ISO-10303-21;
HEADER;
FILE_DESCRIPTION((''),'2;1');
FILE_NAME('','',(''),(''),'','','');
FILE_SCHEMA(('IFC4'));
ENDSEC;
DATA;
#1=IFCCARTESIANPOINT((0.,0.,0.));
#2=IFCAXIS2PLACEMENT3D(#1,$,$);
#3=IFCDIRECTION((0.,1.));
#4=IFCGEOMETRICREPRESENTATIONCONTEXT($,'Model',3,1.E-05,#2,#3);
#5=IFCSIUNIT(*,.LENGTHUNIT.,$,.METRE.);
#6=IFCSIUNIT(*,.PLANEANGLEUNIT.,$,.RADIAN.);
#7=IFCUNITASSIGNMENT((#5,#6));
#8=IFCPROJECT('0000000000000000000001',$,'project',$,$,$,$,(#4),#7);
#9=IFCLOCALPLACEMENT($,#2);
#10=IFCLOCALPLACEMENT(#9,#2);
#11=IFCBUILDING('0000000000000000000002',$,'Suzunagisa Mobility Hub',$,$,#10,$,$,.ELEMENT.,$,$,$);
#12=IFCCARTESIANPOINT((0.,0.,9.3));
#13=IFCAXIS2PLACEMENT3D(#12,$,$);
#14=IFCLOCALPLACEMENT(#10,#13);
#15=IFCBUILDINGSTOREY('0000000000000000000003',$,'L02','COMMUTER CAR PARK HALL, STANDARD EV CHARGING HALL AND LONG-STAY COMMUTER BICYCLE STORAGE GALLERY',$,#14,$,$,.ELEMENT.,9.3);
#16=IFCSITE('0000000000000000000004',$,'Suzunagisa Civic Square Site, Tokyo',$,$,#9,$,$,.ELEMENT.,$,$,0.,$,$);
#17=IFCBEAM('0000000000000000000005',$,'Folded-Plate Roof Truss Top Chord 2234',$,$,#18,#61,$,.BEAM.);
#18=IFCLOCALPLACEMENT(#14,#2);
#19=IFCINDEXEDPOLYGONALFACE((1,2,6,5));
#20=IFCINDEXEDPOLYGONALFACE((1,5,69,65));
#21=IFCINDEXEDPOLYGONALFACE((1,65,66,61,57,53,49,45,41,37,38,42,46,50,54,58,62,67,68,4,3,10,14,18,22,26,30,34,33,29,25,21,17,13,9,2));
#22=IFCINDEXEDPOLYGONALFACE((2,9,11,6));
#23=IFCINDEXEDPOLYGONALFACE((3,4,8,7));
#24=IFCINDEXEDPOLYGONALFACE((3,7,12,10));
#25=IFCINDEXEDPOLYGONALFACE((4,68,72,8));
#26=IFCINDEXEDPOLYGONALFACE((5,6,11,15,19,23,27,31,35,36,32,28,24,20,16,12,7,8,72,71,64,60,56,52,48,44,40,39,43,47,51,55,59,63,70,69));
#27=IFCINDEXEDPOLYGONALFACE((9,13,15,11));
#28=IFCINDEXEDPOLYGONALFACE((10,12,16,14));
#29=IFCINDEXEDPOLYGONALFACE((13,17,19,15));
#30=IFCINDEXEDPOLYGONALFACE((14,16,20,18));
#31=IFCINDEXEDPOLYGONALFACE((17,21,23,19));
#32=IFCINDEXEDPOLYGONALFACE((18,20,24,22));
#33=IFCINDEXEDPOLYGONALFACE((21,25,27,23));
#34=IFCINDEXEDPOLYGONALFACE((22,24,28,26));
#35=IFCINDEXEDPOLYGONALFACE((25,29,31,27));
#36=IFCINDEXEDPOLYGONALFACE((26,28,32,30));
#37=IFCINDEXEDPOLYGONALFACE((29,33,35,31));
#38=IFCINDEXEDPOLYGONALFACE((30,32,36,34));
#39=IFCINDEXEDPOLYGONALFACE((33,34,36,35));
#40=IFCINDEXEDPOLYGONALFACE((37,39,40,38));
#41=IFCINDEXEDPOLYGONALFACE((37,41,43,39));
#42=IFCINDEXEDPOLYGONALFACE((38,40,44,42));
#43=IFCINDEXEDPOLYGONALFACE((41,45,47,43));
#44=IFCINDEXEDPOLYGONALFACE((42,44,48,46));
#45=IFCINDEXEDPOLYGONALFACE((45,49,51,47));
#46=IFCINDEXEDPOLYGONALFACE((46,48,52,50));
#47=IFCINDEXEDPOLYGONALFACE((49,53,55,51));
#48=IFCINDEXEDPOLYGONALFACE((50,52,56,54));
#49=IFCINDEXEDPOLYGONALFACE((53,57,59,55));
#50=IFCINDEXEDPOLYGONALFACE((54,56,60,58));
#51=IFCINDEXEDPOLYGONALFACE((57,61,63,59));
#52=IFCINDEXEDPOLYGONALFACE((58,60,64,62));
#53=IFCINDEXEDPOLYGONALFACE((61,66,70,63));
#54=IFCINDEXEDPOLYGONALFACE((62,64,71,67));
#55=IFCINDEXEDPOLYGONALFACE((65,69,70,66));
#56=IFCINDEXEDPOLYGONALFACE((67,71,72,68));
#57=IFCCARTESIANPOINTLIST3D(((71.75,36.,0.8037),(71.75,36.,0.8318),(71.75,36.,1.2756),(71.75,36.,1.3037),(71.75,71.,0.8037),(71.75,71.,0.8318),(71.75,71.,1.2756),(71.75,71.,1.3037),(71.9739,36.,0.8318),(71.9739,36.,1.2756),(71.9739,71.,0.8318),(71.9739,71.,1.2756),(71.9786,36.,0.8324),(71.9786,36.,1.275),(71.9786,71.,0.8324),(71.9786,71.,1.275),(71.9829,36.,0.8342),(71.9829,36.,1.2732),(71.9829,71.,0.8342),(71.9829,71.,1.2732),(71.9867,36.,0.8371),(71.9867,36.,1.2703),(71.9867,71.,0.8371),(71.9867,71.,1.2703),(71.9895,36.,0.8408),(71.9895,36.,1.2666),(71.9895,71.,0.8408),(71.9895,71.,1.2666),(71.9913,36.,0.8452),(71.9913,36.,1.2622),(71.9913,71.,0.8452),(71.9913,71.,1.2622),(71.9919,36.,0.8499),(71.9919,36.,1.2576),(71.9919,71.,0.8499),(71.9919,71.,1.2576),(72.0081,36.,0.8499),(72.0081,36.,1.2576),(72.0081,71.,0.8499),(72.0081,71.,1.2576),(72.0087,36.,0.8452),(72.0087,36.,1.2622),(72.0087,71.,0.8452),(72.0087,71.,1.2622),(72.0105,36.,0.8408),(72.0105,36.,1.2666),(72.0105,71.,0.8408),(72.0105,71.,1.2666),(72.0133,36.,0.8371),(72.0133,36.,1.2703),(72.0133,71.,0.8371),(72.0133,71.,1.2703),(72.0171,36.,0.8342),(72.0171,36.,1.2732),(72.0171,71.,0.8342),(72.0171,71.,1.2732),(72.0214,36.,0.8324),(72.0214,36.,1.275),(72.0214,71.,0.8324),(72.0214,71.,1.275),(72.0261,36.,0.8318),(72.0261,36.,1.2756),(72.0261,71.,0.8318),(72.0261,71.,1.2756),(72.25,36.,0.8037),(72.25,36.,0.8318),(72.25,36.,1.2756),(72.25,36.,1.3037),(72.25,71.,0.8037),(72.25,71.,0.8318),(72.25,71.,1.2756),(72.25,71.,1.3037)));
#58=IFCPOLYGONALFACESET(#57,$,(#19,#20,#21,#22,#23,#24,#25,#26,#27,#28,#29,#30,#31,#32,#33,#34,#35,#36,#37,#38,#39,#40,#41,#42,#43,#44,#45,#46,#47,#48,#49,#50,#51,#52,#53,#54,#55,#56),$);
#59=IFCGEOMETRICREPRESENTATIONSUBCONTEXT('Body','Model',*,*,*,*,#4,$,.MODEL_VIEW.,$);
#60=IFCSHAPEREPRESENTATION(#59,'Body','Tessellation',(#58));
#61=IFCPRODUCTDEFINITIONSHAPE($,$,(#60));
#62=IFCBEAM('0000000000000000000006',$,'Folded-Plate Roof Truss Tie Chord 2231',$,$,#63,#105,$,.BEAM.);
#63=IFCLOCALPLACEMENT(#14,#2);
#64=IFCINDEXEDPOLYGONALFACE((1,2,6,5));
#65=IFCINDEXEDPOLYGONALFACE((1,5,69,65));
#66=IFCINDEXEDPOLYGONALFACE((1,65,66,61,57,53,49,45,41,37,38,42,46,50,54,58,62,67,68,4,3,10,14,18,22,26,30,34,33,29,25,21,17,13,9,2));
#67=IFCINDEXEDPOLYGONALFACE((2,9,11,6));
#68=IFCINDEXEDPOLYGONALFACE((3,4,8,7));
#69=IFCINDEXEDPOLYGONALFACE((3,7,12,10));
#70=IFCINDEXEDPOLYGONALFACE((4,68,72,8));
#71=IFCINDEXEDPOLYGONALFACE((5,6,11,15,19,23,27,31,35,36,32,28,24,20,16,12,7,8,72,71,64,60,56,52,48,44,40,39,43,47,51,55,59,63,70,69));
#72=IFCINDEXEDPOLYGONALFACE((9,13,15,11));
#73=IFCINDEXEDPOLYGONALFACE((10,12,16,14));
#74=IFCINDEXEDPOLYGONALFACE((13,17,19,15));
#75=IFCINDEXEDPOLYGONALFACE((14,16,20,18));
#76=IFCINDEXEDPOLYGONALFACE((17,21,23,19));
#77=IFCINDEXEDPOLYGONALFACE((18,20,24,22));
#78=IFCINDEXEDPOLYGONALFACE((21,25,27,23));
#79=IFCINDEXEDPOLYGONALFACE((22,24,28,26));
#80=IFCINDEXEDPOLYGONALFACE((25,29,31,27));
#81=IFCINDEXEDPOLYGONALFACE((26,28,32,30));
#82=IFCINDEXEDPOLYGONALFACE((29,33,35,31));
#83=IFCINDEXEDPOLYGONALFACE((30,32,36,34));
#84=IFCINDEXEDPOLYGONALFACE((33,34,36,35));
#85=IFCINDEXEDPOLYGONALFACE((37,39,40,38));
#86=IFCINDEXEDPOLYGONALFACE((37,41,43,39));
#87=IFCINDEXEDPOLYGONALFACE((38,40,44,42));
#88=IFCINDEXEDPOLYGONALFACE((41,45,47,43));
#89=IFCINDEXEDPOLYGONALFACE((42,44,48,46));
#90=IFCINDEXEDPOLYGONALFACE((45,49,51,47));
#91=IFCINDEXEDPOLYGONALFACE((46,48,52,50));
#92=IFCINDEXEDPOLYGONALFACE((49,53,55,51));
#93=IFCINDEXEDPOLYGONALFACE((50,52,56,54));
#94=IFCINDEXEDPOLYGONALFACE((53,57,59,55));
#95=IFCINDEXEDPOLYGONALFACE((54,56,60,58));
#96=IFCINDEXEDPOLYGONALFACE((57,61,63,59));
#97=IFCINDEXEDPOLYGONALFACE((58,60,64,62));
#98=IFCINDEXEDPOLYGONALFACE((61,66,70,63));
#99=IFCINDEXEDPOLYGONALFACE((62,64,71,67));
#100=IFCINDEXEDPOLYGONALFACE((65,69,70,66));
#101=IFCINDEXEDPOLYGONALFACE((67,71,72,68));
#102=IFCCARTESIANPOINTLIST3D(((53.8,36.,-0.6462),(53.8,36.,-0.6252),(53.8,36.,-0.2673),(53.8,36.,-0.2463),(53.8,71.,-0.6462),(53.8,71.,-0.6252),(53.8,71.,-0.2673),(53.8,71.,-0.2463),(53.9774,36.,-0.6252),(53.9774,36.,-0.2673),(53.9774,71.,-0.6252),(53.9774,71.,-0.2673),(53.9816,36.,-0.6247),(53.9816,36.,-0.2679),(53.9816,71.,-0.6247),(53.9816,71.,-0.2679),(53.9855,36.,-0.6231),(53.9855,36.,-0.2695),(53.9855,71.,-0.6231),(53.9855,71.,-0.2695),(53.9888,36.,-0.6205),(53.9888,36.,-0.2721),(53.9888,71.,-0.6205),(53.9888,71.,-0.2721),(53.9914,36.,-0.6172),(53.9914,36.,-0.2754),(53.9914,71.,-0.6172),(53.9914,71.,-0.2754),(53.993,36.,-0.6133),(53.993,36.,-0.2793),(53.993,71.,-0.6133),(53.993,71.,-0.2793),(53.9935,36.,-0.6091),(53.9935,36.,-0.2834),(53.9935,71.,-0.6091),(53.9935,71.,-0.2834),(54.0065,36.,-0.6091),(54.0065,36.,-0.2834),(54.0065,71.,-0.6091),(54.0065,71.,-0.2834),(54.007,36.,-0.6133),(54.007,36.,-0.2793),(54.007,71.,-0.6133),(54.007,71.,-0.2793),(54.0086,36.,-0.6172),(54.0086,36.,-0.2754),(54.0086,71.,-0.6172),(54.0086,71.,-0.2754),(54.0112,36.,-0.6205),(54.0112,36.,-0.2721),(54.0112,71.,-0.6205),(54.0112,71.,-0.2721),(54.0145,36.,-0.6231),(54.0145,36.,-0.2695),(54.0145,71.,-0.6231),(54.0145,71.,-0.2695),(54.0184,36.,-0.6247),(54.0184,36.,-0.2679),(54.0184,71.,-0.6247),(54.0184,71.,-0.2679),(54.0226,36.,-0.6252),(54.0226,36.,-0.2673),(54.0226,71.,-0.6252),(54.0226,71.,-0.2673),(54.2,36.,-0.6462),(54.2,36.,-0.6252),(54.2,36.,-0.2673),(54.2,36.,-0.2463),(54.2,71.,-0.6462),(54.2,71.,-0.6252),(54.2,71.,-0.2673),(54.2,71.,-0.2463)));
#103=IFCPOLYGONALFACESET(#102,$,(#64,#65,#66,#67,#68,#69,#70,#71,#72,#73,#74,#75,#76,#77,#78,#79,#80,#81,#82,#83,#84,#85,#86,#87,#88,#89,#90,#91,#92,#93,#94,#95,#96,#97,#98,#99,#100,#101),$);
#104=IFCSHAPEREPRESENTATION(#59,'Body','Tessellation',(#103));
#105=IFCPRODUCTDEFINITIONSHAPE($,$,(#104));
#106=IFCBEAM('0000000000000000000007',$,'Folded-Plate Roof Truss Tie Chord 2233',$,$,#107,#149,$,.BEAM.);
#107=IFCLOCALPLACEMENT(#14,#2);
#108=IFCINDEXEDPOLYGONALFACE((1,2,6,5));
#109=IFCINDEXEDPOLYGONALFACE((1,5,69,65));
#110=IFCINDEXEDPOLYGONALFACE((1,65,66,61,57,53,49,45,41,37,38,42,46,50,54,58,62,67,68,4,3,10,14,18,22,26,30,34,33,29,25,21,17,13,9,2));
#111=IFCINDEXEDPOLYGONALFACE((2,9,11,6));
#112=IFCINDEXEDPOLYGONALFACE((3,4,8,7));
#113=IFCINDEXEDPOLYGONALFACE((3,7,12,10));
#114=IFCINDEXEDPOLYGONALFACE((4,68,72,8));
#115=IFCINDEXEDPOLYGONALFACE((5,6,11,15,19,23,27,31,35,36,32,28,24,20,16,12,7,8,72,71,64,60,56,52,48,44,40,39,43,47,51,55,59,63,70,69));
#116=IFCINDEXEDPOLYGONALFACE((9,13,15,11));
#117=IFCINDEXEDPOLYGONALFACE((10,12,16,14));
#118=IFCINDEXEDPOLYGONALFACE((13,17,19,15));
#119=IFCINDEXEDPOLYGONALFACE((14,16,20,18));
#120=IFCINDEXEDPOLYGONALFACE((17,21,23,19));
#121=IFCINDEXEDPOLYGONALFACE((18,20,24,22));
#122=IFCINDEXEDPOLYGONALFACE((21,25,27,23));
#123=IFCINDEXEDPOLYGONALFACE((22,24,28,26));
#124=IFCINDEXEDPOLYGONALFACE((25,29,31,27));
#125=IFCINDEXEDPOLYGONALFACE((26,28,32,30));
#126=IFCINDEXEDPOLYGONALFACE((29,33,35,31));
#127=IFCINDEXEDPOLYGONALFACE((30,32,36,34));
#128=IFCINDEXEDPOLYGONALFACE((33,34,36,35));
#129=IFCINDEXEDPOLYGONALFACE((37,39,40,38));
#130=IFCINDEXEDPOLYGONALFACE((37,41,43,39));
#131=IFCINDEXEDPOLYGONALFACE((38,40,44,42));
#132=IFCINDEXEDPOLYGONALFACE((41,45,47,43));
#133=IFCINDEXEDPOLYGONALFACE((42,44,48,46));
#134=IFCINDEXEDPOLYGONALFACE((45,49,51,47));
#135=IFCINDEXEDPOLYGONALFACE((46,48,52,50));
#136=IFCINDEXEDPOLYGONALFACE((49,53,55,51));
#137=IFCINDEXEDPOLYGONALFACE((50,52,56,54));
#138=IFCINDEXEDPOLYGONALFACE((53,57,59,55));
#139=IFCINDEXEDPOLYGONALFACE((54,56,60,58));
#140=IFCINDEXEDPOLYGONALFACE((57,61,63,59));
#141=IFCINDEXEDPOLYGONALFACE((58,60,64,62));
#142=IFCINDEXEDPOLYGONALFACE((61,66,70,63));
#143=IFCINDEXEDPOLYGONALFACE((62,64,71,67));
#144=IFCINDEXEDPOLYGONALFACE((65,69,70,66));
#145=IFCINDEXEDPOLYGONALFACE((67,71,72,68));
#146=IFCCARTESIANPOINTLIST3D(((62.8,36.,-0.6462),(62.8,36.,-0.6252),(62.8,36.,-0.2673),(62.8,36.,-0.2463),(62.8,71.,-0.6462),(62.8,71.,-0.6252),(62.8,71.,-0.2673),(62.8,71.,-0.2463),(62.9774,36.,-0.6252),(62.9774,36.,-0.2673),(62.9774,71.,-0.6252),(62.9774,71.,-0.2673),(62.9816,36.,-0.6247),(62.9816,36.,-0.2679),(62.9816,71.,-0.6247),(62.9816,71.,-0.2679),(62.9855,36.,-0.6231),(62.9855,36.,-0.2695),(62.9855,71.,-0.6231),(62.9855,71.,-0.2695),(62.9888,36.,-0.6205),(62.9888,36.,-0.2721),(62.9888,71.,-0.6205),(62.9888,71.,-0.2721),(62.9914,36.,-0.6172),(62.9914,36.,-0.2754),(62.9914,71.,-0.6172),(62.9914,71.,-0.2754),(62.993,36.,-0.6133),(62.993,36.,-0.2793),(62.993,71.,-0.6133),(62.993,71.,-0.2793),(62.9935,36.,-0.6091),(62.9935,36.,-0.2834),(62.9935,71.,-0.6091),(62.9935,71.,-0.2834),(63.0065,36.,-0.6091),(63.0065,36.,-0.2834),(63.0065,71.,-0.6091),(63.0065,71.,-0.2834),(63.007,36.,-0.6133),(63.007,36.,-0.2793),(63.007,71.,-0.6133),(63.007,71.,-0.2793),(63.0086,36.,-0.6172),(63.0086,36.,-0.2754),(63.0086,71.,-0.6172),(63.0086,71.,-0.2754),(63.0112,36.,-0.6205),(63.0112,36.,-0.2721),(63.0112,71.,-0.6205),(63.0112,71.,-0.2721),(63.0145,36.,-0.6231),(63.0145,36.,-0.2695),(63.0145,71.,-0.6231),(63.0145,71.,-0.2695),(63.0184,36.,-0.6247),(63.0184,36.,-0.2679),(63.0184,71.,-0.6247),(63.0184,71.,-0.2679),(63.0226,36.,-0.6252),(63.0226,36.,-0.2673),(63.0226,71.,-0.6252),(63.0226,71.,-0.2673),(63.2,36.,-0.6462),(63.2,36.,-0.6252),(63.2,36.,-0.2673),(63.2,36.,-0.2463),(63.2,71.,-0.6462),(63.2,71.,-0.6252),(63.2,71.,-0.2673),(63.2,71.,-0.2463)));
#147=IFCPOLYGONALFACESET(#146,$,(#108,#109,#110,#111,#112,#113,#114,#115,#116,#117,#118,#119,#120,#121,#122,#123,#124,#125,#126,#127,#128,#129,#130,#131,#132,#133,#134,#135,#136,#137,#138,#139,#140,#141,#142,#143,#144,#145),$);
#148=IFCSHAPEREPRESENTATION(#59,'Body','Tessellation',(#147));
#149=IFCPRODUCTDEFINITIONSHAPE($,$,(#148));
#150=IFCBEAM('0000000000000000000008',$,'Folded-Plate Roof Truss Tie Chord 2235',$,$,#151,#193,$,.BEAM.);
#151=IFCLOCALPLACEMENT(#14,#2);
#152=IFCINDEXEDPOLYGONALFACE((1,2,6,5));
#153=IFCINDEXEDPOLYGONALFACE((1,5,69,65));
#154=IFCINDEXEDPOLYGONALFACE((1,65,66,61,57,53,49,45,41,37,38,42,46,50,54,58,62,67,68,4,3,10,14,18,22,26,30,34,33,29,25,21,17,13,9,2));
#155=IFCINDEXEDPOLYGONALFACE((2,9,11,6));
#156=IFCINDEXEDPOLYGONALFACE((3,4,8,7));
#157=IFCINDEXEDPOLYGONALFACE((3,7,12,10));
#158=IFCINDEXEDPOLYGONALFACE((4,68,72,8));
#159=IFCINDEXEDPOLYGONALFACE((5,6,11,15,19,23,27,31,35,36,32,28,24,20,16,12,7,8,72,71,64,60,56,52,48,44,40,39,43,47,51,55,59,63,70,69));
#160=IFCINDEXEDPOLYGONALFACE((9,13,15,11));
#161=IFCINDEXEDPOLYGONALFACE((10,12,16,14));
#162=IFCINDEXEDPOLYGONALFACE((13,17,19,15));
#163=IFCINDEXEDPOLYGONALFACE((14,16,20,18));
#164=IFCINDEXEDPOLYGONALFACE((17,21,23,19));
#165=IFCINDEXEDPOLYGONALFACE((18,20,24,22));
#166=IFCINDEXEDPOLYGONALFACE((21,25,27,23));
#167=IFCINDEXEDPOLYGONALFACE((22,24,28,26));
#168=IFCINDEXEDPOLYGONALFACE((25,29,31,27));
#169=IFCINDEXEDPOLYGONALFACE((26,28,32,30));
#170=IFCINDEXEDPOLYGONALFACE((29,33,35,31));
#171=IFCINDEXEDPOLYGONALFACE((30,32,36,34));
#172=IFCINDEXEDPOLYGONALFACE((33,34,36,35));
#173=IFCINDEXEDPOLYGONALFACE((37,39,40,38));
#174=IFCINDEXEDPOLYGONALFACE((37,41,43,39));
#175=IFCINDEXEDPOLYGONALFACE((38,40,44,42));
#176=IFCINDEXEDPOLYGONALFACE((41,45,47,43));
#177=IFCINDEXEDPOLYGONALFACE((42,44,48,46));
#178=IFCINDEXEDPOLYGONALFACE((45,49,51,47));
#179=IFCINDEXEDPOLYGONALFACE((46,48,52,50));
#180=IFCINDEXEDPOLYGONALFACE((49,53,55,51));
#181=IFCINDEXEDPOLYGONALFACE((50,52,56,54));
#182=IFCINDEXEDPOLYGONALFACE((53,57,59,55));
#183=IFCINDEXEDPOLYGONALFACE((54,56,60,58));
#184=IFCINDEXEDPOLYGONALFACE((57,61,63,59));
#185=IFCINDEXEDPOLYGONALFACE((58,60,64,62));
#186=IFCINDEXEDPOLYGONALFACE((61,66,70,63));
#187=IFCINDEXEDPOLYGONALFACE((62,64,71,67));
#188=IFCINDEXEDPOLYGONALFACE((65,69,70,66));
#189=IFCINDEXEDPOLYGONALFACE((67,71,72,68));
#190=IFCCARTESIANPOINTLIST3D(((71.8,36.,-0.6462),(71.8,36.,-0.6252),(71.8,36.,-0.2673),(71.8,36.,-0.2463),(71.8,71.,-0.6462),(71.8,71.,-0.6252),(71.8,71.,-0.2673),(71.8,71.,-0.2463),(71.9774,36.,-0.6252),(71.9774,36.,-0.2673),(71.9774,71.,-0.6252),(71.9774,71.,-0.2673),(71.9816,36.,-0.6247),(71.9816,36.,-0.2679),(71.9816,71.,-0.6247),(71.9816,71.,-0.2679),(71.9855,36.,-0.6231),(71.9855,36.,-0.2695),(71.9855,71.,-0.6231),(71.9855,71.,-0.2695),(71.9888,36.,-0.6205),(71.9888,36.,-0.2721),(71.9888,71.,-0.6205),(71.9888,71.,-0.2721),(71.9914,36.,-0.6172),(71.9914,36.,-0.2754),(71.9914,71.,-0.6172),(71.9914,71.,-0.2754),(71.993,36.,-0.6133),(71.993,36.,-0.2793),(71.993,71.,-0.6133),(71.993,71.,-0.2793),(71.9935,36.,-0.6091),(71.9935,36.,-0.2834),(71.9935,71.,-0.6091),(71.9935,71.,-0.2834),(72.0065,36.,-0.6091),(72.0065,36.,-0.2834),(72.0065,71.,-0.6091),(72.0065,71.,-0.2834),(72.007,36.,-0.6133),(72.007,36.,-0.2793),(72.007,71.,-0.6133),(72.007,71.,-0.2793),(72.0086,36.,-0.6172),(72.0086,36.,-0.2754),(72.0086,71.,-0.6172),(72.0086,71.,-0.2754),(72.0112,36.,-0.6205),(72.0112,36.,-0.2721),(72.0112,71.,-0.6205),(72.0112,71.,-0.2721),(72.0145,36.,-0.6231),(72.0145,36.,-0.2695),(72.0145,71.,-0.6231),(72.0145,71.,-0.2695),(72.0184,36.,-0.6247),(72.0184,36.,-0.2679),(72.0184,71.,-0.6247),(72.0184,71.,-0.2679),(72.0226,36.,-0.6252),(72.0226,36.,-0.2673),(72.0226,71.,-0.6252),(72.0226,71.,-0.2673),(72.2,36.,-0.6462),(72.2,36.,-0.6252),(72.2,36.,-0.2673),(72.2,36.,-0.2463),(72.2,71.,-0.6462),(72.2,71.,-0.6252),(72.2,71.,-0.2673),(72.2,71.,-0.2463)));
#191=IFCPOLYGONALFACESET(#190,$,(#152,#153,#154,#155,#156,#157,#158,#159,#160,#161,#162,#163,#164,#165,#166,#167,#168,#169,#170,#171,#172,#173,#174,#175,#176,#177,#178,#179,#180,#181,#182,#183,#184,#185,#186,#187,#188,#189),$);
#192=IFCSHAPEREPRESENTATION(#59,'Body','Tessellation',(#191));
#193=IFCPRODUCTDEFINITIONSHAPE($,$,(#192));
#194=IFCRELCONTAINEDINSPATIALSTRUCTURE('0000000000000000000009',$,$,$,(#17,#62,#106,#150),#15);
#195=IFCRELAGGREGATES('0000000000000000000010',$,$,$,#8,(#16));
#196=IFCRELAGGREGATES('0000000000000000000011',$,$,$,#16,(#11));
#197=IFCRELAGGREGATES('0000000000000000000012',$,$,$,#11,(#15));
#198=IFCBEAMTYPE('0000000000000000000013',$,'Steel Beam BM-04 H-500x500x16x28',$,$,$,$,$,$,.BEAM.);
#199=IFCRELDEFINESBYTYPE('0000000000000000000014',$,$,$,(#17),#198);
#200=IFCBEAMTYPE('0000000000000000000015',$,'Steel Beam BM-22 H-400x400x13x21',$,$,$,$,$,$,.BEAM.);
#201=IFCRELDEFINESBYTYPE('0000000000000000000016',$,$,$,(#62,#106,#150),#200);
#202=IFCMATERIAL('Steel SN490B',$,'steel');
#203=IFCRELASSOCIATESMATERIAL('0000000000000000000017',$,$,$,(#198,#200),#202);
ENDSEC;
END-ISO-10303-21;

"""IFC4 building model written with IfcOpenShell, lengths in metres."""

from ifc_helpers import new_model, si_unit, direction, frame, origin, origin_2d, place, context, subcontext, project, spatial, i_section, extrude, material, material_profile, profile_set, type_object, element, save


model = new_model("IFC4")

# Units and contexts
model_context = context("Model", 3, precision=1e-05, world=origin(), true_north=direction((0.0, 1.0)))
body_context = subcontext(model_context, "Body", "Model", "MODEL_VIEW")
ifc_project = project(units=[si_unit("LENGTHUNIT", "METRE"), si_unit("PLANEANGLEUNIT", "RADIAN")], contexts=[model_context])

# Site, building, storey
site_placement = place(None, origin())
site = spatial("IfcSite", under=ifc_project, at=site_placement, Name="Suzunagisa Civic Square Site, Tokyo", CompositionType="ELEMENT", RefElevation=0.0)
building_placement = place(site_placement, origin())
building = spatial("IfcBuilding", under=site, at=building_placement, Name="Suzunagisa Mobility Hub", CompositionType="ELEMENT")
storey_placement = place(building_placement, frame((0.0, 0.0, 9.3)))
storey = spatial("IfcBuildingStorey", under=building, at=storey_placement, Name="L02", Description="COMMUTER CAR PARK HALL, STANDARD EV CHARGING HALL AND LONG-STAY COMMUTER BICYCLE STORAGE GALLERY", CompositionType="ELEMENT", Elevation=9.3)

# Shared definitions
ifc_material_1 = material(Name="Steel SN490B", Category="steel")

# Beams
ifc_material_profile_1 = material_profile(ifc_material_1, i_section(OverallWidth=0.5, OverallDepth=0.5, WebThickness=0.0161, FlangeThickness=0.0281, FilletRadius=0.0181, at=origin_2d()), Name="H-500x500x16x28")
ifc_profile_set_1 = profile_set([ifc_material_profile_1], Name="Steel SN490B")
beam_type_1 = type_object("IfcBeamType", Name="Steel Beam BM-04 H-500x500x16x28", PredefinedType="BEAM", material=ifc_profile_set_1)
for number, where, z_axis, x_axis, name in (
    (1, (72.0, 36.0, 1.0537), (0.0, 1.0, 0.0), (-1.0, 0.0, 0.0), "Folded-Plate Roof Truss Top Chord 2234"),
):
    element("IfcBeam", number, at=place(storey_placement, frame(where, z_axis=z_axis, x_axis=x_axis)), inside=storey, type_object=beam_type_1, Name=name, PredefinedType="BEAM", context=body_context, shape_type="SweptSolid", body=[
        extrude(i_section(OverallWidth=0.5, OverallDepth=0.5, WebThickness=0.0161, FlangeThickness=0.0281, FilletRadius=0.0181, at=origin_2d()), origin(), (0.0, 0.0, 1.0), 35.0),
    ])
ifc_material_profile_2 = material_profile(ifc_material_1, i_section(OverallWidth=0.3999, OverallDepth=0.3999, WebThickness=0.0129, FlangeThickness=0.021, FilletRadius=0.0161, at=origin_2d()), Name="H-400x400x13x21")
ifc_profile_set_2 = profile_set([ifc_material_profile_2], Name="Steel SN490B")
beam_type_2 = type_object("IfcBeamType", Name="Steel Beam BM-22 H-400x400x13x21", PredefinedType="BEAM", material=ifc_profile_set_2)
for number, where, z_axis, x_axis, name in (
    (2, (54.0, 36.0, -0.4463), (0.0, 1.0, 0.0), (-1.0, 0.0, 0.0), "Folded-Plate Roof Truss Tie Chord 2231"),
    (3, (63.0, 36.0, -0.4463), (0.0, 1.0, 0.0), (-1.0, 0.0, 0.0), "Folded-Plate Roof Truss Tie Chord 2233"),
    (4, (72.0, 36.0, -0.4463), (0.0, 1.0, 0.0), (-1.0, 0.0, 0.0), "Folded-Plate Roof Truss Tie Chord 2235"),
):
    element("IfcBeam", number, at=place(storey_placement, frame(where, z_axis=z_axis, x_axis=x_axis)), inside=storey, type_object=beam_type_2, Name=name, PredefinedType="BEAM", context=body_context, shape_type="SweptSolid", body=[
        extrude(i_section(OverallWidth=0.3999, OverallDepth=0.3999, WebThickness=0.0129, FlangeThickness=0.021, FilletRadius=0.0161, at=origin_2d()), origin(), (0.0, 0.0, 1.0), 35.0),
    ])

save(model, "model.ifc")
